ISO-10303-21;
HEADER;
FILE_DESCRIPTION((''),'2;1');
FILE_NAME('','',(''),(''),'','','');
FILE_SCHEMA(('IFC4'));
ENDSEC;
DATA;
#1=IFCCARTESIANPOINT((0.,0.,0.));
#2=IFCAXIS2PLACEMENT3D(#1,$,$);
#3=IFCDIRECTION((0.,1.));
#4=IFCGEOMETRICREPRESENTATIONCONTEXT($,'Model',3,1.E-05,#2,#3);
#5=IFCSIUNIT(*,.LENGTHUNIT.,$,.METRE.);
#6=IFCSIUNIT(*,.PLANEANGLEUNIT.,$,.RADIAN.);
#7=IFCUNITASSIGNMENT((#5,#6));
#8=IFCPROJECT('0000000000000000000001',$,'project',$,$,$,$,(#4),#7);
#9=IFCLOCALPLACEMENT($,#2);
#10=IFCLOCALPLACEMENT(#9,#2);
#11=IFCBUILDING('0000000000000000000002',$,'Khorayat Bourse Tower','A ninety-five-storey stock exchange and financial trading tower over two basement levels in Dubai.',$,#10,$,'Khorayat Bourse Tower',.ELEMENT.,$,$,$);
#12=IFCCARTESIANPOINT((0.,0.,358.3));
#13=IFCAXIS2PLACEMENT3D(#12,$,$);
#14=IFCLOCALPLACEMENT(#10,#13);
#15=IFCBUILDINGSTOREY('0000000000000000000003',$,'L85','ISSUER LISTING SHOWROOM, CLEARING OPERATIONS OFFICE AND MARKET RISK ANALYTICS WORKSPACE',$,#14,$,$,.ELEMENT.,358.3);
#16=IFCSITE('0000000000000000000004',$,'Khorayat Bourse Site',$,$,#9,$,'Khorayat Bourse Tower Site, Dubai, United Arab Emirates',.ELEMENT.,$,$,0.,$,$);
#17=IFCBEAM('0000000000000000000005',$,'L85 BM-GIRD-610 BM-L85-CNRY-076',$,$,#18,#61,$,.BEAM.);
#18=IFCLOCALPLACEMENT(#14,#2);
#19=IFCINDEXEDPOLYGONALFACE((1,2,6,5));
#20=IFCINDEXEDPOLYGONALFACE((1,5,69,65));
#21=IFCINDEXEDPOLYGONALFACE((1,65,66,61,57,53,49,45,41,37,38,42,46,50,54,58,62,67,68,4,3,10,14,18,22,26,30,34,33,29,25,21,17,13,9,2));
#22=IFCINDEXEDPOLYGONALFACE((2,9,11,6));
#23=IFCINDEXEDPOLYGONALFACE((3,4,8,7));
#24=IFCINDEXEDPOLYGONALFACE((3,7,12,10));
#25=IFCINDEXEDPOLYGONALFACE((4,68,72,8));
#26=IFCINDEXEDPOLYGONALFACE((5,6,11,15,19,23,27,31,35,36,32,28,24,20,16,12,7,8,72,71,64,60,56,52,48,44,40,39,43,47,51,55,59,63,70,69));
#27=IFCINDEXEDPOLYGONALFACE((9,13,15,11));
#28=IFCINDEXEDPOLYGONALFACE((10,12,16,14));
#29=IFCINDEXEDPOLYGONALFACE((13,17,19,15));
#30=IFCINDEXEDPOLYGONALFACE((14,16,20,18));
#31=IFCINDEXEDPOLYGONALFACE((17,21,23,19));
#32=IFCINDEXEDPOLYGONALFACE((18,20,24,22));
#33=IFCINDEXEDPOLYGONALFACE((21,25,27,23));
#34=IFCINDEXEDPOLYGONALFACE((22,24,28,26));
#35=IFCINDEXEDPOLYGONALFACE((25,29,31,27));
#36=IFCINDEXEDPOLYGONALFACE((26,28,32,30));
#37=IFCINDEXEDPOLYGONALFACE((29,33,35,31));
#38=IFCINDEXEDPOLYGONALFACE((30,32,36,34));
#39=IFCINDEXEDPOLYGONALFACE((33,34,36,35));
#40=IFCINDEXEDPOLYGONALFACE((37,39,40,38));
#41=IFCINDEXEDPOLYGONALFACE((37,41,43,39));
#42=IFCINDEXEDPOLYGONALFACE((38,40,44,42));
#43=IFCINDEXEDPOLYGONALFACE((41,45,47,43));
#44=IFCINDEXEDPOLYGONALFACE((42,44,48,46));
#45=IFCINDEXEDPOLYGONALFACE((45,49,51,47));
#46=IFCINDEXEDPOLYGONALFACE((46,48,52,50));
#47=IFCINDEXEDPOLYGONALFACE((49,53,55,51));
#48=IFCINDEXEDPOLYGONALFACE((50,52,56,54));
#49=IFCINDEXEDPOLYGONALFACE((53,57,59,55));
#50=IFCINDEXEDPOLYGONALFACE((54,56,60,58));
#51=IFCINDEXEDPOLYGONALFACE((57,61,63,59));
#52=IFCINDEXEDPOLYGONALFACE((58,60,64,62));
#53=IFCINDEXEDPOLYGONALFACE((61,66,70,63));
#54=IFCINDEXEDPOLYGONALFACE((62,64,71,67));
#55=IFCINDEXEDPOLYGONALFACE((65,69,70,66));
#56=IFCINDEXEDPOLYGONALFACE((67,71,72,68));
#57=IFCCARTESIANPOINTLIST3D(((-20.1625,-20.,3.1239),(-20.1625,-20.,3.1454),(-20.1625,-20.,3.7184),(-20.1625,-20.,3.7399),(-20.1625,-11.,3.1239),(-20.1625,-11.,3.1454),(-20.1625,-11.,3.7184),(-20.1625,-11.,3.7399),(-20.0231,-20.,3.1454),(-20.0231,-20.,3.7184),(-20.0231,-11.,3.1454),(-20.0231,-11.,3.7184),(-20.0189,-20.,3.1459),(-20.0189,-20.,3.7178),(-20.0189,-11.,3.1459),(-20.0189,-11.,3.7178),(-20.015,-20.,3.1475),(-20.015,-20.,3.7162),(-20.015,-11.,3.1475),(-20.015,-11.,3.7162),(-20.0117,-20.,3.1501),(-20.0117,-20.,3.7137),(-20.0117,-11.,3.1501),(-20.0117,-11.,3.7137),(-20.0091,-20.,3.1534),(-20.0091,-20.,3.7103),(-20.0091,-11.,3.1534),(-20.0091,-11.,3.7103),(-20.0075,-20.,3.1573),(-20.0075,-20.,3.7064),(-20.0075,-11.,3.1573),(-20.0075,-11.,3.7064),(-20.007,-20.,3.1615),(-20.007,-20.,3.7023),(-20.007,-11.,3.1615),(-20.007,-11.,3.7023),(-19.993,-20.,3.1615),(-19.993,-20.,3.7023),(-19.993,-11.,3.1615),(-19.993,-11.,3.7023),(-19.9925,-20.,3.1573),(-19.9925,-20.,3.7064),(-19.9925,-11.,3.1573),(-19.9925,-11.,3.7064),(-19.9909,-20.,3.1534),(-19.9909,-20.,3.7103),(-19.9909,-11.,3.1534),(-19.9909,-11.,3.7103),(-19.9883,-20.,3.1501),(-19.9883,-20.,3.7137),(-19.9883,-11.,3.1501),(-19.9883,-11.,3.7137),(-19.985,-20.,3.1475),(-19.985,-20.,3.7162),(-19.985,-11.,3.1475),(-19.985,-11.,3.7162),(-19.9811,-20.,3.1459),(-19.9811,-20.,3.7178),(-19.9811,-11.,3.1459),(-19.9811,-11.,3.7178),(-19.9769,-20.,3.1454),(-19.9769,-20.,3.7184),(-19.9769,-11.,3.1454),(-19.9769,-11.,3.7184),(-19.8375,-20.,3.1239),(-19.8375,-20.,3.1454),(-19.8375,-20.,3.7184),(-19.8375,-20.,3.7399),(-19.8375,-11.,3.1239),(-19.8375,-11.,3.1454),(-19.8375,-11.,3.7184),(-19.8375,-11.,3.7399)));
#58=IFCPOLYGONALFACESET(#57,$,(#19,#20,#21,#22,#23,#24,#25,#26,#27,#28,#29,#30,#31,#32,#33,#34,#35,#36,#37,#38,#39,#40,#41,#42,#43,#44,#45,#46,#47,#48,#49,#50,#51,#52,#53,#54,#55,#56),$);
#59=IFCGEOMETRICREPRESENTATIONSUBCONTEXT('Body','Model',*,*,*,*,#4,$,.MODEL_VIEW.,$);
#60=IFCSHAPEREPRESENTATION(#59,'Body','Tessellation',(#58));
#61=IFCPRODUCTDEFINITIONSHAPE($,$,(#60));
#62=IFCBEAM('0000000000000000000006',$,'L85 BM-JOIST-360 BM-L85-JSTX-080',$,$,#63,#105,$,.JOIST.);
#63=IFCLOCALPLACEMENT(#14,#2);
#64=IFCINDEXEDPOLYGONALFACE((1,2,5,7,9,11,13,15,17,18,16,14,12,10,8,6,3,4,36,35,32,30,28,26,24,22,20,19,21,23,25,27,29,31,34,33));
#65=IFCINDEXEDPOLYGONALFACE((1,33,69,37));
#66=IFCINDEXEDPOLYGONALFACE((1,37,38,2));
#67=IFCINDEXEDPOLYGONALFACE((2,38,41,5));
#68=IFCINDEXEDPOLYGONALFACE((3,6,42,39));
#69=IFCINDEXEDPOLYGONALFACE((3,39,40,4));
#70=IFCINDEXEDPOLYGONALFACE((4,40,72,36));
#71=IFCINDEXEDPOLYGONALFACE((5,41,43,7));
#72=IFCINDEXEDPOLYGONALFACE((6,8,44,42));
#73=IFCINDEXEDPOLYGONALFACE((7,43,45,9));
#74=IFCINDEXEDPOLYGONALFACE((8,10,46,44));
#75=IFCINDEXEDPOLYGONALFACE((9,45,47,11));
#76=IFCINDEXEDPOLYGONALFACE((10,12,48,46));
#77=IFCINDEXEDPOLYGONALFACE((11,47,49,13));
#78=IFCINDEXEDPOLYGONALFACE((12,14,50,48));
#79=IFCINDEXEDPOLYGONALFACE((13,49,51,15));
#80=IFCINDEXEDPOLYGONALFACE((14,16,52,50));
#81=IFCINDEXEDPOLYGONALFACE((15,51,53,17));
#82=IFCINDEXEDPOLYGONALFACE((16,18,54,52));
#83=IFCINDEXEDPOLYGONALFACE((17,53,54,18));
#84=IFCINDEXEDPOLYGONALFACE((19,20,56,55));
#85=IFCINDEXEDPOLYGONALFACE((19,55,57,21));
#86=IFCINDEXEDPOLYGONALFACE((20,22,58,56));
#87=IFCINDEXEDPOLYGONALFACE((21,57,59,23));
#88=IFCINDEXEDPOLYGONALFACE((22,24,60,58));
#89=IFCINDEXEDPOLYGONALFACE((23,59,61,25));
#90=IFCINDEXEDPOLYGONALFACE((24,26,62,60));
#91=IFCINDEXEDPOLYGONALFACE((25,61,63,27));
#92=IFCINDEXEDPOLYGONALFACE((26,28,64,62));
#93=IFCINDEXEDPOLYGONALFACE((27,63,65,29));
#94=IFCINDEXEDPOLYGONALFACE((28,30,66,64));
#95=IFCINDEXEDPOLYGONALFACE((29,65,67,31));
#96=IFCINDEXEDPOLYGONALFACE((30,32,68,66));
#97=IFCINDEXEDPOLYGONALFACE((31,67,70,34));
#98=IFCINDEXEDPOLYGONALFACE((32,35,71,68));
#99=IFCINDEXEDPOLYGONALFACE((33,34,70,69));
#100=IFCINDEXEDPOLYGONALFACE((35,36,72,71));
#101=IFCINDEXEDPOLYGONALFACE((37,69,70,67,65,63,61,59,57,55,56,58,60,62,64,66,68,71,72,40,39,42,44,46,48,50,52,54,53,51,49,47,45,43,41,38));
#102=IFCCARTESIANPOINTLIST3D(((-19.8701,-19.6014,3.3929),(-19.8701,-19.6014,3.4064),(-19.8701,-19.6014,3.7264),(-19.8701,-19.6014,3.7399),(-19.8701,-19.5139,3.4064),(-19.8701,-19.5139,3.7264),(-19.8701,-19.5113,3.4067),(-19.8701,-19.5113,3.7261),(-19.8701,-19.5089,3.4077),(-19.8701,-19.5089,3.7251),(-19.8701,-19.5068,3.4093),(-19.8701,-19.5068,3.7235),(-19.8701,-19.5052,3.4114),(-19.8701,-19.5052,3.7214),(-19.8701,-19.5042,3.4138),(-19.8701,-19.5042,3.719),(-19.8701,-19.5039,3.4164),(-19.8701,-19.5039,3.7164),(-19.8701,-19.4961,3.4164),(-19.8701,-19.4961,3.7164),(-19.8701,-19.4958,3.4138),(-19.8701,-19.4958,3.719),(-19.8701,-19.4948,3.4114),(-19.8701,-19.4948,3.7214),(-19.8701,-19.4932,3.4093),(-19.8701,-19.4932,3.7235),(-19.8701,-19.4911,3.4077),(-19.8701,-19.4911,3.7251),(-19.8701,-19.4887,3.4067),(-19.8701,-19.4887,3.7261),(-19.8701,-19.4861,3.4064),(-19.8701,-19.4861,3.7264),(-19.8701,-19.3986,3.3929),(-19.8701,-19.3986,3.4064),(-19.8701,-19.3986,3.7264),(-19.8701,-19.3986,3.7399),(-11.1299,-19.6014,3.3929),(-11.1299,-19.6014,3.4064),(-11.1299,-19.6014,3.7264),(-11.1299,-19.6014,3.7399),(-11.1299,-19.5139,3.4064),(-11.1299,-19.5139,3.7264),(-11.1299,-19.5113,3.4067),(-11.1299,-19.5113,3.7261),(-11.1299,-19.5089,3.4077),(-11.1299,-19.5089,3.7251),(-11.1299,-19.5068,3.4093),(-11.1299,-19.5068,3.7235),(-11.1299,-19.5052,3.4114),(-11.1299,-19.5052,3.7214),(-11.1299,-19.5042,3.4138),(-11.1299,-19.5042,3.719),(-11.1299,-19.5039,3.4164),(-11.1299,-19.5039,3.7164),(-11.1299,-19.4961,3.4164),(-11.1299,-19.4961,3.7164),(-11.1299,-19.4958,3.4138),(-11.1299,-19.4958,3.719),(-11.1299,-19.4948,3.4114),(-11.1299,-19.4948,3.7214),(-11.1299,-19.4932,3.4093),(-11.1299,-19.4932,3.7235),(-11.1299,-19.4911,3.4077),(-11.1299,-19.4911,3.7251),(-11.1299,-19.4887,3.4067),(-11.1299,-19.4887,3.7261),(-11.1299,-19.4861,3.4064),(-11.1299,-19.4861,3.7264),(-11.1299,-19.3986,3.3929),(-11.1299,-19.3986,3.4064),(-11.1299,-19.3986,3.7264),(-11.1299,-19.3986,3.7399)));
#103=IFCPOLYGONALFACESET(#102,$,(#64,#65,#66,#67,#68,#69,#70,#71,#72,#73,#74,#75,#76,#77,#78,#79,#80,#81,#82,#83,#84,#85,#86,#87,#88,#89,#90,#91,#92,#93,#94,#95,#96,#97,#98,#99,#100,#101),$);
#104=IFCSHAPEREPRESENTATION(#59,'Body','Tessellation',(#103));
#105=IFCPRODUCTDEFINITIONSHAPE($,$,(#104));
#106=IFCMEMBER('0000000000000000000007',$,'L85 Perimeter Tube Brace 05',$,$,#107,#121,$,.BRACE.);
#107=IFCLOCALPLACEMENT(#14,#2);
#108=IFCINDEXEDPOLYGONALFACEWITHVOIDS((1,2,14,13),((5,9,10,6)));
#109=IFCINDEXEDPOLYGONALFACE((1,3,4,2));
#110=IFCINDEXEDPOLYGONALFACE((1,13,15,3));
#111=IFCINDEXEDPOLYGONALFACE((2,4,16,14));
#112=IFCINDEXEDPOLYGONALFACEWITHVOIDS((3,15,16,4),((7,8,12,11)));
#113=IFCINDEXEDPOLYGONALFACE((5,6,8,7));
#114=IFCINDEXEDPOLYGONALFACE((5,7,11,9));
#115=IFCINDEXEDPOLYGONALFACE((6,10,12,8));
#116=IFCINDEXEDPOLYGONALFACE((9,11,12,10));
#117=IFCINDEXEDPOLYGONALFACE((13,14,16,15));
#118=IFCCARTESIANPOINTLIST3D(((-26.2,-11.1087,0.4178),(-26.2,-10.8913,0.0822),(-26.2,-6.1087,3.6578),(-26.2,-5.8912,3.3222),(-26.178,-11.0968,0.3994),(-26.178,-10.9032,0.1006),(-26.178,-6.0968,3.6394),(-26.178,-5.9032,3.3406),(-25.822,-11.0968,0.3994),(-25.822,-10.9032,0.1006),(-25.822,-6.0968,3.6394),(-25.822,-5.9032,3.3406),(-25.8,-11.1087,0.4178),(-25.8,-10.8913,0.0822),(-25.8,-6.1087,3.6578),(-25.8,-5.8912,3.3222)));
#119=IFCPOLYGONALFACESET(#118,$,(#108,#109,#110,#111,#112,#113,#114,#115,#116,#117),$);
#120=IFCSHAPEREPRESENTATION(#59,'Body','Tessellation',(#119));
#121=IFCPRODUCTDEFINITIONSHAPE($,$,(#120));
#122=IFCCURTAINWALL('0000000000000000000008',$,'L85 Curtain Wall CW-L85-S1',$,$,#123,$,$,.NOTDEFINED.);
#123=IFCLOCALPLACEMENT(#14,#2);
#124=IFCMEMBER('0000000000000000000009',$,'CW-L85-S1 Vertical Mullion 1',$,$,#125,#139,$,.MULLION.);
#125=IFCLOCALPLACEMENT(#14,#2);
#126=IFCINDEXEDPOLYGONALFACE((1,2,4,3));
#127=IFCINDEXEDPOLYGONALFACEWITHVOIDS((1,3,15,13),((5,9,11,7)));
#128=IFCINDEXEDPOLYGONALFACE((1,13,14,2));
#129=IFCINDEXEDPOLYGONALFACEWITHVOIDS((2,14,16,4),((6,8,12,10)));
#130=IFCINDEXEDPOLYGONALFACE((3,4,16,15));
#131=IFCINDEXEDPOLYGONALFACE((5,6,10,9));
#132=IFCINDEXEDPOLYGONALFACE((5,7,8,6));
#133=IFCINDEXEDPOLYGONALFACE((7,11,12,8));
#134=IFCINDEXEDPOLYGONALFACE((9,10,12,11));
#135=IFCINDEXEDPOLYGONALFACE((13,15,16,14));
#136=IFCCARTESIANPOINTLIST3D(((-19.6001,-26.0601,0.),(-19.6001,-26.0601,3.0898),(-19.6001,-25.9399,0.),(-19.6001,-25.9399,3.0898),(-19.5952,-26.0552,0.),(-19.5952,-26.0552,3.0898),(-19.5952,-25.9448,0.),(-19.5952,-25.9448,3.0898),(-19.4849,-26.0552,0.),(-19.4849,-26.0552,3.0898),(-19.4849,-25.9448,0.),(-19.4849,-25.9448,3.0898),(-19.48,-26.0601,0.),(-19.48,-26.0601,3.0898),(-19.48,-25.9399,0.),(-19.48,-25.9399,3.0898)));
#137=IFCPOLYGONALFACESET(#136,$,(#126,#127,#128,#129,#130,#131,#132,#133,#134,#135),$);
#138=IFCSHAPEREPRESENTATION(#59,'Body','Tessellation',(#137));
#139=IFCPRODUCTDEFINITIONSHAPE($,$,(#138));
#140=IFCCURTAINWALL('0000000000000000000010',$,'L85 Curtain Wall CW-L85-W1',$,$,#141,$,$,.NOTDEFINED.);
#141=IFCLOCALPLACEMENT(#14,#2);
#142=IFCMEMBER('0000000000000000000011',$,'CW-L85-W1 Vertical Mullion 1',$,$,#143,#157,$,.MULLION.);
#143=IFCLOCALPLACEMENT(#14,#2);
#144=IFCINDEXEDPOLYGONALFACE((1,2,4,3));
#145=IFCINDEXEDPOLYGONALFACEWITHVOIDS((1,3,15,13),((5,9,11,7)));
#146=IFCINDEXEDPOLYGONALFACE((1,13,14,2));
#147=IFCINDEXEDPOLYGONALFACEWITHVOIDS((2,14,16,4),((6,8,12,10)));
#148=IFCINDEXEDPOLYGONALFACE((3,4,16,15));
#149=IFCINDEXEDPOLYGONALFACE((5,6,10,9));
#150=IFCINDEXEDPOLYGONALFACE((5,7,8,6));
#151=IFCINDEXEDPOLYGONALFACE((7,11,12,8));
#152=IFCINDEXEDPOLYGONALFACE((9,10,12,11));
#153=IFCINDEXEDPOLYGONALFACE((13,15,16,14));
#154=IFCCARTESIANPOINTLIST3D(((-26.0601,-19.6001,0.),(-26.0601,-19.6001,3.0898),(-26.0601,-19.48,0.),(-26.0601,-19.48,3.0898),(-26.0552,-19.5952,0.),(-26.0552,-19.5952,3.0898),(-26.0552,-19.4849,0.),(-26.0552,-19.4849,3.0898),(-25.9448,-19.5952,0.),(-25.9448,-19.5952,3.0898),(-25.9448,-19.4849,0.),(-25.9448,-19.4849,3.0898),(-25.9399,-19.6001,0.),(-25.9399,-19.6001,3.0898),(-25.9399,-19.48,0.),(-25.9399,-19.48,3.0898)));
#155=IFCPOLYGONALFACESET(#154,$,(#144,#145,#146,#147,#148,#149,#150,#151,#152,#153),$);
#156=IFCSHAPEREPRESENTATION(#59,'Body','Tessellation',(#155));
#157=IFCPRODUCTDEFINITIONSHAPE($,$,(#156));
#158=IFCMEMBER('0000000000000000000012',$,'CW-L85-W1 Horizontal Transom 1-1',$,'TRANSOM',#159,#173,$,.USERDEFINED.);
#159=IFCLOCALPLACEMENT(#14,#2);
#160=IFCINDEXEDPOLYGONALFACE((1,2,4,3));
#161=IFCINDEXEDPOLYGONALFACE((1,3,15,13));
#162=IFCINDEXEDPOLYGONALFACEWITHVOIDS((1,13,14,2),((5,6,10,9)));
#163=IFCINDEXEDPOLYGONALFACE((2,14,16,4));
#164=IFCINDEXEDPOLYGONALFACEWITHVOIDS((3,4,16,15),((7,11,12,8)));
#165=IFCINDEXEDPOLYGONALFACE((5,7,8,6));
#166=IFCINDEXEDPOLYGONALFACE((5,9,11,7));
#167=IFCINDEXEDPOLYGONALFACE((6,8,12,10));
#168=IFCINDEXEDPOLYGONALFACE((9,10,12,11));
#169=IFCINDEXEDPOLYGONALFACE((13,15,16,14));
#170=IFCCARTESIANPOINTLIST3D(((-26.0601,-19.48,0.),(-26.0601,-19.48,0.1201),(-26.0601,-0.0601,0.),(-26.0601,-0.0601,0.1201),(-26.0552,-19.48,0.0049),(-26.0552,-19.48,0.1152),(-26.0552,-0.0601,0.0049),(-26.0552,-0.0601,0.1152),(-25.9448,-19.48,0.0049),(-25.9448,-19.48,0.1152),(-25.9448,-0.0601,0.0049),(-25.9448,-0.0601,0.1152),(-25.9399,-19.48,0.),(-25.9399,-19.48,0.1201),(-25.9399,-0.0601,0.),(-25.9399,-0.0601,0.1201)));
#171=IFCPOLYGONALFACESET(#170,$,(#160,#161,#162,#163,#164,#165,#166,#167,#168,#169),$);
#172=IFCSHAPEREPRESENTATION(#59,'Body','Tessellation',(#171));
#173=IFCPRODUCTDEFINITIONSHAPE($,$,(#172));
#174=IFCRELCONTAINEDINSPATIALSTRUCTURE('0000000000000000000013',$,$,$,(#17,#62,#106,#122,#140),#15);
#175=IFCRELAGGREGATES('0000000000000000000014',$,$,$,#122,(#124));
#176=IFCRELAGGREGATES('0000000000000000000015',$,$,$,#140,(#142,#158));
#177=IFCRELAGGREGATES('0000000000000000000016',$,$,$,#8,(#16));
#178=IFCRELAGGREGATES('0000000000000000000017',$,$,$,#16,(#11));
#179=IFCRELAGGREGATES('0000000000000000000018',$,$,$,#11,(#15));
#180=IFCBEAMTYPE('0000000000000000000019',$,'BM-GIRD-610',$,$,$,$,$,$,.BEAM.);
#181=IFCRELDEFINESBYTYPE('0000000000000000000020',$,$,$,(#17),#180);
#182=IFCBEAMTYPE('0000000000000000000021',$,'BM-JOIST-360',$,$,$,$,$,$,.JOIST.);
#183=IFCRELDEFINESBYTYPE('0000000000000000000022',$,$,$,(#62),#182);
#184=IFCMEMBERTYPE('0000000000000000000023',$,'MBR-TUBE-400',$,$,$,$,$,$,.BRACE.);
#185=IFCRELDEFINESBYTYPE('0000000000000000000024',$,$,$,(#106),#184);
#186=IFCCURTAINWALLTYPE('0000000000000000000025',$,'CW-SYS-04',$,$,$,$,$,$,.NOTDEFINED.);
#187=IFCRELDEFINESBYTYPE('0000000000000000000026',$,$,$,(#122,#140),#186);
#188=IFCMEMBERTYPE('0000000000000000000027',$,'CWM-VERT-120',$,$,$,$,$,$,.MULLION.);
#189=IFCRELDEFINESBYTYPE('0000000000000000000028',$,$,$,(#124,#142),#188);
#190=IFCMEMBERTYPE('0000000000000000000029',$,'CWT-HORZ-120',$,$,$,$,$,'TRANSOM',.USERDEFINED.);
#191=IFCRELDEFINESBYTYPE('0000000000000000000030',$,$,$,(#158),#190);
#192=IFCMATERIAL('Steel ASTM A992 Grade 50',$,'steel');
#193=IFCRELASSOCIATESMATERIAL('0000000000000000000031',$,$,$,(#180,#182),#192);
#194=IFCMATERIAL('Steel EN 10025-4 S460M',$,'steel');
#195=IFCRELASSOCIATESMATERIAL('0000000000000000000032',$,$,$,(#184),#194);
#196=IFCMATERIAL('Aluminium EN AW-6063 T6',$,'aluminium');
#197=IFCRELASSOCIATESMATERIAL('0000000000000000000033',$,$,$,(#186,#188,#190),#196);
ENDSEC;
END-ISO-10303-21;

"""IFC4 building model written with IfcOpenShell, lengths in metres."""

from ifc_helpers import new_model, si_unit, direction, frame, origin, origin_2d, place, context, subcontext, project, spatial, hollow_rectangle, i_section, extrude, source, transform, mapped, material, material_profile, profile_set, type_object, element, aggregate, save


model = new_model("IFC4")

# Units and contexts
model_context = context("Model", 3, precision=1e-05, world=origin(), true_north=direction((0.0, 1.0)))
body_context = subcontext(model_context, "Body", "Model", "MODEL_VIEW")
ifc_project = project(units=[si_unit("LENGTHUNIT", "METRE"), si_unit("PLANEANGLEUNIT", "RADIAN")], contexts=[model_context])

# Site, building, storey
site_placement = place(None, origin())
site = spatial("IfcSite", under=ifc_project, at=site_placement, Name="Khorayat Bourse Site", LongName="Khorayat Bourse Tower Site, Dubai, United Arab Emirates", CompositionType="ELEMENT", RefElevation=0.0)
building_placement = place(site_placement, origin())
building = spatial("IfcBuilding", under=site, at=building_placement, Name="Khorayat Bourse Tower", Description="A ninety-five-storey stock exchange and financial trading tower over two basement levels in Dubai.", LongName="Khorayat Bourse Tower", CompositionType="ELEMENT")
storey_placement = place(building_placement, frame((0.0, 0.0, 358.3)))
storey = spatial("IfcBuildingStorey", under=building, at=storey_placement, Name="L85", Description="ISSUER LISTING SHOWROOM, CLEARING OPERATIONS OFFICE AND MARKET RISK ANALYTICS WORKSPACE", CompositionType="ELEMENT", Elevation=358.3)

# Beams
ifc_material_1 = material(Name="Steel ASTM A992 Grade 50", Category="steel")
ifc_material_profile_1 = material_profile(ifc_material_1, i_section(OverallWidth=0.325, OverallDepth=0.616, WebThickness=0.0139, FlangeThickness=0.0215, FilletRadius=0.0161, at=origin_2d()), Name="W610X174")
ifc_profile_set_1 = profile_set([ifc_material_profile_1], Name="Steel ASTM A992 Grade 50")
beam_type_1 = type_object("IfcBeamType", Name="BM-GIRD-610", PredefinedType="BEAM", material=ifc_profile_set_1)
shared_shape_1 = source(origin(), body_context, "Body", "SweptSolid", [
    extrude(i_section(OverallWidth=0.325, OverallDepth=0.616, WebThickness=0.0139, FlangeThickness=0.0215, FilletRadius=0.0161, at=origin_2d()), origin(), (0.0, 0.0, 1.0), 9.0),
])
beam_1_placement = place(storey_placement, frame((-20.0, -20.0, 3.4319), z_axis=(0.0, 1.0, 0.0), x_axis=(-1.0, 0.0, 0.0)))
element("IfcBeam", 1, at=beam_1_placement, inside=storey, type_object=beam_type_1, Name="L85 BM-GIRD-610 BM-L85-CNRY-076", PredefinedType="BEAM", context=body_context, shape_type="MappedRepresentation", body=[
    mapped(shared_shape_1, transform((0.0, 0.0, 0.0), scale=1.0)),
])
ifc_material_profile_2 = material_profile(ifc_material_1, i_section(OverallWidth=0.2029, OverallDepth=0.3469, WebThickness=0.0078, FlangeThickness=0.0134, FilletRadius=0.01, at=origin_2d()), Name="W360X64")
ifc_profile_set_2 = profile_set([ifc_material_profile_2], Name="Steel ASTM A992 Grade 50")
beam_type_2 = type_object("IfcBeamType", Name="BM-JOIST-360", PredefinedType="JOIST", material=ifc_profile_set_2)
shared_shape_2 = source(origin(), body_context, "Body", "SweptSolid", [
    extrude(i_section(OverallWidth=0.2029, OverallDepth=0.3469, WebThickness=0.0078, FlangeThickness=0.0134, FilletRadius=0.01, at=origin_2d()), origin(), (0.0, 0.0, 1.0), 8.7402),
])
beam_2_placement = place(storey_placement, frame((-19.8701, -19.5, 3.5664), z_axis=(1.0, 0.0, 0.0), x_axis=(0.0, 1.0, 0.0)))
element("IfcBeam", 2, at=beam_2_placement, inside=storey, type_object=beam_type_2, Name="L85 BM-JOIST-360 BM-L85-JSTX-080", PredefinedType="JOIST", context=body_context, shape_type="MappedRepresentation", body=[
    mapped(shared_shape_2, transform((0.0, 0.0, 0.0), scale=1.0)),
])

# Member
ifc_material_2 = material(Name="Steel EN 10025-4 S460M", Category="steel")
ifc_material_profile_3 = material_profile(ifc_material_2, hollow_rectangle(XDim=0.3999, YDim=0.3999, WallThickness=0.022, at=origin_2d()), Name="HSS 400x400x22")
ifc_profile_set_3 = profile_set([ifc_material_profile_3], Name="Steel EN 10025-4 S460M")
member_type_1 = type_object("IfcMemberType", Name="MBR-TUBE-400", PredefinedType="BRACE", material=ifc_profile_set_3)
shared_shape_3 = source(origin(), body_context, "Body", "SweptSolid", [
    extrude(hollow_rectangle(XDim=0.3999, YDim=0.3999, WallThickness=0.022, at=origin_2d()), origin(), (0.0, 0.0, 1.0), 5.958),
])
member_1_placement = place(storey_placement, frame((-26.0, -11.0, 0.25), z_axis=(0.0, 0.83921, 0.543807), x_axis=(-1.0, 0.0, 0.0)))
element("IfcMember", 3, at=member_1_placement, inside=storey, type_object=member_type_1, Name="L85 Perimeter Tube Brace 05", PredefinedType="BRACE", context=body_context, shape_type="MappedRepresentation", body=[
    mapped(shared_shape_3, transform((0.0, 0.0, 0.0), scale=1.0)),
])

# Curtain wall, member
ifc_material_3 = material(Name="Aluminium EN AW-6063 T6", Category="aluminium")
curtain_wall_type = type_object("IfcCurtainWallType", Name="CW-SYS-04", PredefinedType="NOTDEFINED", material=ifc_material_3)
curtain_wall_1_placement = place(storey_placement, origin())
curtain_wall_1 = element("IfcCurtainWall", 4, at=curtain_wall_1_placement, inside=storey, type_object=curtain_wall_type, Name="L85 Curtain Wall CW-L85-S1", PredefinedType="NOTDEFINED")
ifc_material_profile_4 = material_profile(ifc_material_3, hollow_rectangle(XDim=0.1201, YDim=0.1201, WallThickness=0.0049, at=origin_2d()), Name="ALU 120x120x5")
ifc_profile_set_4 = profile_set([ifc_material_profile_4], Name="Aluminium EN AW-6063 T6")
member_type_2 = type_object("IfcMemberType", Name="CWM-VERT-120", PredefinedType="MULLION", material=ifc_profile_set_4)
shared_shape_4 = source(origin(), body_context, "Body", "SweptSolid", [
    extrude(hollow_rectangle(XDim=0.1201, YDim=0.1201, WallThickness=0.0049, at=origin_2d()), origin(), (0.0, 0.0, 1.0), 3.0898),
])
member_2_placement = place(storey_placement, frame((-19.54, -26.0, 0.0), z_axis=(0.0, 0.0, 1.0), x_axis=(0.0, 1.0, 0.0)))
member_2 = element("IfcMember", 5, at=member_2_placement, type_object=member_type_2, Name="CW-L85-S1 Vertical Mullion 1", PredefinedType="MULLION", context=body_context, shape_type="MappedRepresentation", body=[
    mapped(shared_shape_4, transform((0.0, 0.0, 0.0), scale=1.0)),
])
aggregate(curtain_wall_1, [member_2])

# Curtain wall, members
curtain_wall_2_placement = place(storey_placement, origin())
curtain_wall_2 = element("IfcCurtainWall", 6, at=curtain_wall_2_placement, inside=storey, type_object=curtain_wall_type, Name="L85 Curtain Wall CW-L85-W1", PredefinedType="NOTDEFINED")
member_3_placement = place(storey_placement, frame((-26.0, -19.54, 0.0), z_axis=(0.0, 0.0, 1.0), x_axis=(-1.0, 0.0, 0.0)))
member_3 = element("IfcMember", 7, at=member_3_placement, type_object=member_type_2, Name="CW-L85-W1 Vertical Mullion 1", PredefinedType="MULLION", context=body_context, shape_type="MappedRepresentation", body=[
    mapped(shared_shape_4, transform((0.0, 0.0, 0.0), scale=1.0)),
])
ifc_material_profile_5 = material_profile(ifc_material_3, hollow_rectangle(XDim=0.1201, YDim=0.1201, WallThickness=0.0049, at=origin_2d()), Name="ALU 120x120x5")
ifc_profile_set_5 = profile_set([ifc_material_profile_5], Name="Aluminium EN AW-6063 T6")
member_type_3 = type_object("IfcMemberType", Name="CWT-HORZ-120", ElementType="TRANSOM", PredefinedType="USERDEFINED", material=ifc_profile_set_5)
shared_shape_5 = source(origin(), body_context, "Body", "SweptSolid", [
    extrude(hollow_rectangle(XDim=0.1201, YDim=0.1201, WallThickness=0.0049, at=origin_2d()), origin(), (0.0, 0.0, 1.0), 19.4199),
])
member_4_placement = place(storey_placement, frame((-26.0, -19.48, 0.0601), z_axis=(0.0, 1.0, 0.0), x_axis=(-1.0, 0.0, 0.0)))
member_4 = element("IfcMember", 8, at=member_4_placement, type_object=member_type_3, Name="CW-L85-W1 Horizontal Transom 1-1", ObjectType="TRANSOM", PredefinedType="USERDEFINED", context=body_context, shape_type="MappedRepresentation", body=[
    mapped(shared_shape_5, transform((0.0, 0.0, 0.0), scale=1.0)),
])
aggregate(curtain_wall_2, [member_3, member_4])

save(model, "model.ifc")
